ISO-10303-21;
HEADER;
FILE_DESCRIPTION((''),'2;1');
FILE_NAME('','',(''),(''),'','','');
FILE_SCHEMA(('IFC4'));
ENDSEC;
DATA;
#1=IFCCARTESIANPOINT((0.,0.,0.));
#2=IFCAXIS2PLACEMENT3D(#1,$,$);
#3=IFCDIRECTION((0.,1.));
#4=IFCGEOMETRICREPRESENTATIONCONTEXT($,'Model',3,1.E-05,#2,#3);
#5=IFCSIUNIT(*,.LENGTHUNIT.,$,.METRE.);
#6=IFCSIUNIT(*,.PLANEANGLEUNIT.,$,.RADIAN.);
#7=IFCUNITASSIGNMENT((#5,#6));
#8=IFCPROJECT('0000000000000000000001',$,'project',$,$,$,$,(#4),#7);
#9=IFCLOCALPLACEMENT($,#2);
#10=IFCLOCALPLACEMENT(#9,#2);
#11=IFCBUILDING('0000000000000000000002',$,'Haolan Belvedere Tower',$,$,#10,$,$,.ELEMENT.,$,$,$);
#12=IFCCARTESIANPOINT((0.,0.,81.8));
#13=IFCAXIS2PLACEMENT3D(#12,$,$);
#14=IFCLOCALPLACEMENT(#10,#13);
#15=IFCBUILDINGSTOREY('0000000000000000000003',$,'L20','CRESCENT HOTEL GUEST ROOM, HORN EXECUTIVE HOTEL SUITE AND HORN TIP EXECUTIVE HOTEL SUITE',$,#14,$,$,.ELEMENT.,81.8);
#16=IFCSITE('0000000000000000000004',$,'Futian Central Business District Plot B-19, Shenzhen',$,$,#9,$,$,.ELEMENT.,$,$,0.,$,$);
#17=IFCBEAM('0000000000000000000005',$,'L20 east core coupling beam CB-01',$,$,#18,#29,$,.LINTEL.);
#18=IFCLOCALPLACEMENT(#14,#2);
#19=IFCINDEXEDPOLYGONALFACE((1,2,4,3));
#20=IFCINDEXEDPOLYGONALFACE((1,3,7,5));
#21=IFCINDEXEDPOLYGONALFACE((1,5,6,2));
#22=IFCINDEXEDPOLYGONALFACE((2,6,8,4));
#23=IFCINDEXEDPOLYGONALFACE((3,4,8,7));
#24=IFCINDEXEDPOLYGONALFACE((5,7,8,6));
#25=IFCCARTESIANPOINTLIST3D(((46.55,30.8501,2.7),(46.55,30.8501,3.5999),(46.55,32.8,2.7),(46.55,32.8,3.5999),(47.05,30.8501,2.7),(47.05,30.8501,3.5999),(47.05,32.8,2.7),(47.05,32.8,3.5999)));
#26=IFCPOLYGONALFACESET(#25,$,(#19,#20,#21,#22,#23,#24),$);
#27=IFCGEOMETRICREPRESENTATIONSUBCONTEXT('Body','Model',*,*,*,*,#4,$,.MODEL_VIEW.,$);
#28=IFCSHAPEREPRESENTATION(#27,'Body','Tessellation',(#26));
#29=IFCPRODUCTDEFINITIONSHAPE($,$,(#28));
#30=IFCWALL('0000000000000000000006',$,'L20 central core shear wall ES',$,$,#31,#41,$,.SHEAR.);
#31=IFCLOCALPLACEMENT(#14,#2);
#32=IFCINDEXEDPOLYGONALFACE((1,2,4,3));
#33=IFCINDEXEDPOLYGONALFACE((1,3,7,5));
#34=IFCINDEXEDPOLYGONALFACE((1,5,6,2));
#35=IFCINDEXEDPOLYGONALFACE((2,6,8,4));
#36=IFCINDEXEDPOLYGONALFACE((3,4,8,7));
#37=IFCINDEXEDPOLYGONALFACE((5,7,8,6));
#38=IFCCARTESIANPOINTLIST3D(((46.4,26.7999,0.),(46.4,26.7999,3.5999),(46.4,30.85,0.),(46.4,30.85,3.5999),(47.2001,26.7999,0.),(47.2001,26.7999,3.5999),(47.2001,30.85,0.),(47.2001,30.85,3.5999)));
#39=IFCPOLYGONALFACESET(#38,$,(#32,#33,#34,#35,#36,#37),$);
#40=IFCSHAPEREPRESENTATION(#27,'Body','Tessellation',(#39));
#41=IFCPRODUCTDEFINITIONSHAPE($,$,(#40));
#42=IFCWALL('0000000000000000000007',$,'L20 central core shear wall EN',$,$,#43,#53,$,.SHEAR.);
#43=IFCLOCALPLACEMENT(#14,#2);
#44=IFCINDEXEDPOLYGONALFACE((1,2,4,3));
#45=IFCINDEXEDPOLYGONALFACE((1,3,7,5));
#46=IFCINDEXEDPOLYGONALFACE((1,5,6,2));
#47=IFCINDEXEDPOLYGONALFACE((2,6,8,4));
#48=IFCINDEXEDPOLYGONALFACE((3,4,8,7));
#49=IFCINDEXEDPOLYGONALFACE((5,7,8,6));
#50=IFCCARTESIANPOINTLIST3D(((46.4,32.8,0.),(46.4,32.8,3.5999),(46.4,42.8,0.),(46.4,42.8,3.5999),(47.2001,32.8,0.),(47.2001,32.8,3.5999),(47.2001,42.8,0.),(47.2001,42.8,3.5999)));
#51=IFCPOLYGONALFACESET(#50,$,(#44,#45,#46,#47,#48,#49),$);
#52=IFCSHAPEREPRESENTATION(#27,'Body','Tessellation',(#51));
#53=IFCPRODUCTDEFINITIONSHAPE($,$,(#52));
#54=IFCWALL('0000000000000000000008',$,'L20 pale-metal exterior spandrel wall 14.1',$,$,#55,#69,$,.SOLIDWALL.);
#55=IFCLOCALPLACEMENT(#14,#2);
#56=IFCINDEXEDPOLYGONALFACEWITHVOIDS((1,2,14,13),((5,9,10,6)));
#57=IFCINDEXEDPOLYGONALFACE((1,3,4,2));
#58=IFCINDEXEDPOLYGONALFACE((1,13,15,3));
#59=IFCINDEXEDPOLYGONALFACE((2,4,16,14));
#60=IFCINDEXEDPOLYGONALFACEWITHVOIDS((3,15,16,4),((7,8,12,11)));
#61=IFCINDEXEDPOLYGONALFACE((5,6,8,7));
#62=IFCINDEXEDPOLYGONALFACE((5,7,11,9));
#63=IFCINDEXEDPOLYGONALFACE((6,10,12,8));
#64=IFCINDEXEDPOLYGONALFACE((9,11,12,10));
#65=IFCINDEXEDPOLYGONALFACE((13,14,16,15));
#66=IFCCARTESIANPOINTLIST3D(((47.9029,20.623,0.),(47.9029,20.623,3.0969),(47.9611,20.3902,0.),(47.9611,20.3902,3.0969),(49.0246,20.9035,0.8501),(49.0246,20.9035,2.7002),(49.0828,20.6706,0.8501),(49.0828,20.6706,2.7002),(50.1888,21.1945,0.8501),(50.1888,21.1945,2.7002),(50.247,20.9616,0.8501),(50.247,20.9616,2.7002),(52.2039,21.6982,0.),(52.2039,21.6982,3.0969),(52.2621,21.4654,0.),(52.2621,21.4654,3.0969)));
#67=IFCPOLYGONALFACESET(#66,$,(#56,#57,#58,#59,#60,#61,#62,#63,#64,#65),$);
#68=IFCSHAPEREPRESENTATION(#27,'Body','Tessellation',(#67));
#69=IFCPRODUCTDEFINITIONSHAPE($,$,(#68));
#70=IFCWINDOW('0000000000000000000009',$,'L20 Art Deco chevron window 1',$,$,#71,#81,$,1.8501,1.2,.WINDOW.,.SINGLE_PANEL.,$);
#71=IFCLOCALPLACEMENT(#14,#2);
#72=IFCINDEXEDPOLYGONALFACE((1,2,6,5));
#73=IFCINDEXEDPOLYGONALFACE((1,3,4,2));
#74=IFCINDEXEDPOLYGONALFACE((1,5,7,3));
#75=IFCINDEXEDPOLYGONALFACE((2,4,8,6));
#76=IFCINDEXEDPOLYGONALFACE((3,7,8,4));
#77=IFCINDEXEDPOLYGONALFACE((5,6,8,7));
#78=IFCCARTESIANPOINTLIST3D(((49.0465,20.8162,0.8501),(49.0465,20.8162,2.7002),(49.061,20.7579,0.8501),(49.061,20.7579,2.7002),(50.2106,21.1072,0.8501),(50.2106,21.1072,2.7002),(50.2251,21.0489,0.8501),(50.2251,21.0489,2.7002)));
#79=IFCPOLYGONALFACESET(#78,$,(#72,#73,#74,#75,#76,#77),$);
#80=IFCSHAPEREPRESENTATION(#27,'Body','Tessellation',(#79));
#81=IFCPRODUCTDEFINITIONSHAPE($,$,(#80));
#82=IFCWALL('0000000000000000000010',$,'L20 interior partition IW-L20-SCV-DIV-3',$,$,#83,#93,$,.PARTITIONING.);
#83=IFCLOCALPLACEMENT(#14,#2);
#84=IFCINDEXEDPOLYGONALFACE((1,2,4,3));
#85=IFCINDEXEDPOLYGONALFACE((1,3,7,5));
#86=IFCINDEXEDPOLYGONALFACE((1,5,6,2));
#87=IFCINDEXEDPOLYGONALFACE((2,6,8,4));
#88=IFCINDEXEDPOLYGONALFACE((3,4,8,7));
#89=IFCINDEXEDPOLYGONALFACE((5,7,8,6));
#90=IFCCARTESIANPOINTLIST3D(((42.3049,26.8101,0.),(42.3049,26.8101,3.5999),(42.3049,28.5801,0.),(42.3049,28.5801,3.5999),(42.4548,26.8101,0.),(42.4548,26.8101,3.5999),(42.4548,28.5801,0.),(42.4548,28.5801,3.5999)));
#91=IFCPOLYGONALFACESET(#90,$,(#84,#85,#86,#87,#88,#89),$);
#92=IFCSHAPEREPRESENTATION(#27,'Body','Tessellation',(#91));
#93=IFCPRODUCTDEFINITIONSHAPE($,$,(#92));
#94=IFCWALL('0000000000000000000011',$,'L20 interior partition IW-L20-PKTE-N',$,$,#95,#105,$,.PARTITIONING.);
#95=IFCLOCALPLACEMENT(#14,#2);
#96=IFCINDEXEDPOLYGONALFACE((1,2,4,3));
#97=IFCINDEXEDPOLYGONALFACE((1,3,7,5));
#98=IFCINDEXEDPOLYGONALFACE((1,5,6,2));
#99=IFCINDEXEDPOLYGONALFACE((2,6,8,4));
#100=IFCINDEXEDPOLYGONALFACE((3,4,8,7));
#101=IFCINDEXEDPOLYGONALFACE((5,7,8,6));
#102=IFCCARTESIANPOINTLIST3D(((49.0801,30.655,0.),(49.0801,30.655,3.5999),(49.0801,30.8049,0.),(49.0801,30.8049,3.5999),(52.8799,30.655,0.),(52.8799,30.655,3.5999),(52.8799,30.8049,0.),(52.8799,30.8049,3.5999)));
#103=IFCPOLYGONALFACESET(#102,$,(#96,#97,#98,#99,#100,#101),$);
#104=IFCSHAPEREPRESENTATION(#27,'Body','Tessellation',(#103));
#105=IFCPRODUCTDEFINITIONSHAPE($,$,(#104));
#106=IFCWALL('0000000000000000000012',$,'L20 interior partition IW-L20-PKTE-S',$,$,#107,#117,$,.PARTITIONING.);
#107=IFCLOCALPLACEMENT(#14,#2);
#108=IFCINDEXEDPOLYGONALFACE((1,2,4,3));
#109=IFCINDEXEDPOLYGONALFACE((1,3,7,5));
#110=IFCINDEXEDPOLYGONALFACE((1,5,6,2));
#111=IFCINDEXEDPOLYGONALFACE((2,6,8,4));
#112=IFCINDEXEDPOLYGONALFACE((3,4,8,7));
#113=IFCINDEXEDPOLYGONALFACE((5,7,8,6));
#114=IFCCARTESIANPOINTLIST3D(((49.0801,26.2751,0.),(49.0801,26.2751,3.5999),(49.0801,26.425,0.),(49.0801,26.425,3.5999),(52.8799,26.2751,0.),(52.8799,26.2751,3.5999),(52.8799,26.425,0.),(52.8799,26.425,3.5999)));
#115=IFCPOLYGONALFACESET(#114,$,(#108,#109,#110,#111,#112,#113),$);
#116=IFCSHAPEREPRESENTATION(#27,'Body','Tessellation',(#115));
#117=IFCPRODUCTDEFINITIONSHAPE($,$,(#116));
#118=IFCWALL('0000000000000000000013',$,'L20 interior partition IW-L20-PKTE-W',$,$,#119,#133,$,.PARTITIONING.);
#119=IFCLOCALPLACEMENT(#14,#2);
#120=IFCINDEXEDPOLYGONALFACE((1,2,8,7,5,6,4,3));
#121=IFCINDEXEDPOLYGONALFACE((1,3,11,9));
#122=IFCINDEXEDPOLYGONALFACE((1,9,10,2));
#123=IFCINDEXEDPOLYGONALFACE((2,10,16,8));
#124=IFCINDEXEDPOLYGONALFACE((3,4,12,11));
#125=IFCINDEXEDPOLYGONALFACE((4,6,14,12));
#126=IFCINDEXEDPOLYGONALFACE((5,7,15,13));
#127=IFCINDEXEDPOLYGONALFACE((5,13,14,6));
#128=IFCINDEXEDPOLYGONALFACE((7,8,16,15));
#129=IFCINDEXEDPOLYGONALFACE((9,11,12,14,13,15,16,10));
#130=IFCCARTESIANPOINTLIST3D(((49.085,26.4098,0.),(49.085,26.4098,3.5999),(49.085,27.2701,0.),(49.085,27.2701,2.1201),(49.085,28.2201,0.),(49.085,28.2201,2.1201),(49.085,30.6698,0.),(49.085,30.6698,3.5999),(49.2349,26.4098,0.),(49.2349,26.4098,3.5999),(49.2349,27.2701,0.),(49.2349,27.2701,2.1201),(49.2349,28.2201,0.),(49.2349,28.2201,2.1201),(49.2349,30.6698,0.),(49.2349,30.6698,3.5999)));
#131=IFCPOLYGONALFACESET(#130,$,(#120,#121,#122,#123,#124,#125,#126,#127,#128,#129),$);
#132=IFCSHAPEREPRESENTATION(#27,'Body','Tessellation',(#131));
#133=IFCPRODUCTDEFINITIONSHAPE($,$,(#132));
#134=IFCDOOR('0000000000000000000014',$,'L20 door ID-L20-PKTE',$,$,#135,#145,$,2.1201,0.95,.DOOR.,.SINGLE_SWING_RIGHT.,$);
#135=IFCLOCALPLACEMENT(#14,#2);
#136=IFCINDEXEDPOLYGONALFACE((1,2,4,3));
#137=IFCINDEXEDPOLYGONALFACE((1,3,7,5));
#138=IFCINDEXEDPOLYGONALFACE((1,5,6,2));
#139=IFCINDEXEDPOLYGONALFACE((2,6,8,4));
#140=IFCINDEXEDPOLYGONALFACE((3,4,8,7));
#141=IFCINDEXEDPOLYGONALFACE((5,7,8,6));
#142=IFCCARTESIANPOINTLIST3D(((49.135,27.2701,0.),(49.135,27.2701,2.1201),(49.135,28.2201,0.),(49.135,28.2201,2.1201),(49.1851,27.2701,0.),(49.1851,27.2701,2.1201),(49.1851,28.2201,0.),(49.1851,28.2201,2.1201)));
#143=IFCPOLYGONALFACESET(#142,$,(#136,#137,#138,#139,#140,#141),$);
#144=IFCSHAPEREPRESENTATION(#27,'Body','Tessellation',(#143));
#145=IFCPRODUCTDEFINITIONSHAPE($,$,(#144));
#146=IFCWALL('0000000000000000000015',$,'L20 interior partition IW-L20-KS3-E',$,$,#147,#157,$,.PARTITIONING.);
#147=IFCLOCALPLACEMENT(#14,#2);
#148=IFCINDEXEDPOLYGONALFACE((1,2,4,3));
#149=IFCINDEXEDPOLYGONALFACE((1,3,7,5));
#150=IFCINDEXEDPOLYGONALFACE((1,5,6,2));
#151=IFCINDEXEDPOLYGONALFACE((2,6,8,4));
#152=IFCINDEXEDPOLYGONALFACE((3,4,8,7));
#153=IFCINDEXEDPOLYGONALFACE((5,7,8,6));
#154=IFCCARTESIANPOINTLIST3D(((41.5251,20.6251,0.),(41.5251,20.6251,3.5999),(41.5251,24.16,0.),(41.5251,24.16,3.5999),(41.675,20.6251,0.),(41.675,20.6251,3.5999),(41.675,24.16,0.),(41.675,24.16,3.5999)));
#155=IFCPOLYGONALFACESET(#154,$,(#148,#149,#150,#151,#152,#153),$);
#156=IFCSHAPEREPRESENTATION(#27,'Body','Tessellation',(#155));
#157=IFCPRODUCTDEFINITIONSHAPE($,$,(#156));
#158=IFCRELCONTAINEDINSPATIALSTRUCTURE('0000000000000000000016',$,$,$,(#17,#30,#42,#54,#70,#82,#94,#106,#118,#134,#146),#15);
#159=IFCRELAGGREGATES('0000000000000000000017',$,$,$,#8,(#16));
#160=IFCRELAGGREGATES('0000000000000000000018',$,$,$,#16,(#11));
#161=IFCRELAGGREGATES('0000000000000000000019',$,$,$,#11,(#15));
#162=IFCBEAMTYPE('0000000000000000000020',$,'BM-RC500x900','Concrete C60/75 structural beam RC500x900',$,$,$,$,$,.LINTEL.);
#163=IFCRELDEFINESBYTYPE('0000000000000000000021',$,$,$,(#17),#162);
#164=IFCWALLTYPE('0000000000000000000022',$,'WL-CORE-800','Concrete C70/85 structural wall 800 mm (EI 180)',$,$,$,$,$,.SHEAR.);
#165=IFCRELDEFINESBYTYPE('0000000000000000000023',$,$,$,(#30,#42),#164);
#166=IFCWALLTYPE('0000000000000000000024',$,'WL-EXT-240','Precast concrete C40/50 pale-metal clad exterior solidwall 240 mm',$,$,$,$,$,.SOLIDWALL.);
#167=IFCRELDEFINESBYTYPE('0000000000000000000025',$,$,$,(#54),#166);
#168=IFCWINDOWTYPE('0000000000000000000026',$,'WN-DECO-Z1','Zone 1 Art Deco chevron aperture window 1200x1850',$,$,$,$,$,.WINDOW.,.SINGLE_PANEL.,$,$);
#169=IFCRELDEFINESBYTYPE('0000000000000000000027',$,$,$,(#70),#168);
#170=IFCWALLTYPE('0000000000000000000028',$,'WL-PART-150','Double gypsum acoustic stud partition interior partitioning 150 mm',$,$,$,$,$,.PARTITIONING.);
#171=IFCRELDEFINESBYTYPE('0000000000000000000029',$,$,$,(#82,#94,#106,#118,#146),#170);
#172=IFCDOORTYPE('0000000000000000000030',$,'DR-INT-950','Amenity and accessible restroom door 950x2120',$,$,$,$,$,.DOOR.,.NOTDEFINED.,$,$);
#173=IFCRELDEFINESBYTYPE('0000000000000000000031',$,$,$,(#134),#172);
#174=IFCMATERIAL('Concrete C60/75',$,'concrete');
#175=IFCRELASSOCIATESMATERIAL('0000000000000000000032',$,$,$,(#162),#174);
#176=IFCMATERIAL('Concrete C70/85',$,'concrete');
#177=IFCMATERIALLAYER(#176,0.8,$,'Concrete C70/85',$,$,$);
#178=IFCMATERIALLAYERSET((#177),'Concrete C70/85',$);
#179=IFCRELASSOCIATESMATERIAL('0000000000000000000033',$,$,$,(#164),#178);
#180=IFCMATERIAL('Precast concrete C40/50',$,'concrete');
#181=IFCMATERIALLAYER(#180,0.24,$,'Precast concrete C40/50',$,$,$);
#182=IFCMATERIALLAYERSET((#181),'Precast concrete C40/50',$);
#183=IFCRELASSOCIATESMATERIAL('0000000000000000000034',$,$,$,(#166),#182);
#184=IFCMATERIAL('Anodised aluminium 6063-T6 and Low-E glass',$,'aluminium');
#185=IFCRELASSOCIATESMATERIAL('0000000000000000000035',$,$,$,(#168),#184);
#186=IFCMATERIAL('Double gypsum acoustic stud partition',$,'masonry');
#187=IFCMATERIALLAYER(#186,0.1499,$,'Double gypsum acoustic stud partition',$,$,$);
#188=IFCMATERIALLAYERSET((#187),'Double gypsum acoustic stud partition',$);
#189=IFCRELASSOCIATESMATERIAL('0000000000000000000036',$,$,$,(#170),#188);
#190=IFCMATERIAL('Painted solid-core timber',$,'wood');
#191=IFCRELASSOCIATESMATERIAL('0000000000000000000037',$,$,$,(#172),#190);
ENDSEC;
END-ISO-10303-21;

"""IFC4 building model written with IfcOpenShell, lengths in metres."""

from ifc_helpers import new_model, si_unit, direction, frame, frame_2d, origin, origin_2d, place, context, subcontext, project, spatial, rectangle, extrude, material, layer, layer_set, material_profile, profile_set, type_object, element, fill, save


model = new_model("IFC4")

# Units and contexts
model_context = context("Model", 3, precision=1e-05, world=origin(), true_north=direction((0.0, 1.0)))
body_context = subcontext(model_context, "Body", "Model", "MODEL_VIEW")
ifc_project = project(units=[si_unit("LENGTHUNIT", "METRE"), si_unit("PLANEANGLEUNIT", "RADIAN")], contexts=[model_context])

# Site, building, storey
site_placement = place(None, origin())
site = spatial("IfcSite", under=ifc_project, at=site_placement, Name="Futian Central Business District Plot B-19, Shenzhen", CompositionType="ELEMENT", RefElevation=0.0)
building_placement = place(site_placement, origin())
building = spatial("IfcBuilding", under=site, at=building_placement, Name="Haolan Belvedere Tower", CompositionType="ELEMENT")
storey_placement = place(building_placement, frame((0.0, 0.0, 81.8)))
storey = spatial("IfcBuildingStorey", under=building, at=storey_placement, Name="L20", Description="CRESCENT HOTEL GUEST ROOM, HORN EXECUTIVE HOTEL SUITE AND HORN TIP EXECUTIVE HOTEL SUITE", CompositionType="ELEMENT", Elevation=81.8)

# Beam
ifc_material_1 = material(Name="Concrete C60/75", Category="concrete")
ifc_material_profile_1 = material_profile(ifc_material_1, rectangle(XDim=0.5, YDim=0.8999, at=origin_2d()), Name="Concrete C60/75")
ifc_profile_set_1 = profile_set([ifc_material_profile_1], Name="Concrete C60/75")
beam_type_1 = type_object("IfcBeamType", Name="BM-RC500x900", Description="Concrete C60/75 structural beam RC500x900", PredefinedType="LINTEL", material=ifc_profile_set_1)
beam_1_placement = place(storey_placement, frame((46.8, 30.8501, 3.1499), z_axis=(0.0, 1.0, 0.0), x_axis=(-1.0, 0.0, 0.0)))
element("IfcBeam", 1, at=beam_1_placement, inside=storey, type_object=beam_type_1, Name="L20 east core coupling beam CB-01", PredefinedType="LINTEL", context=body_context, shape_type="SweptSolid", body=[
    extrude(rectangle(XDim=0.5, YDim=0.8999, at=origin_2d()), origin(), (0.0, 0.0, 1.0), 1.95),
])

# Walls
ifc_material_2 = material(Name="Concrete C70/85", Category="concrete")
ifc_layer_1 = layer(ifc_material_2, 0.8, Name="Concrete C70/85")
ifc_layer_set_1 = layer_set([ifc_layer_1], Name="Concrete C70/85")
wall_type_1 = type_object("IfcWallType", Name="WL-CORE-800", Description="Concrete C70/85 structural wall 800 mm (EI 180)", PredefinedType="SHEAR", material=ifc_layer_set_1)
wall_1_placement = place(storey_placement, frame((46.8, 26.8, 0.0), z_axis=(0.0, 0.0, 1.0), x_axis=(0.0, 1.0, 0.0)))
element("IfcWall", 2, at=wall_1_placement, inside=storey, type_object=wall_type_1, Name="L20 central core shear wall ES", PredefinedType="SHEAR", context=body_context, shape_type="SweptSolid", body=[
    extrude(rectangle(XDim=4.05, YDim=0.8, at=frame_2d((2.0249, 0.0))), origin(), (0.0, 0.0, 1.0), 3.5999),
])
wall_2_placement = place(storey_placement, frame((46.8, 32.8, 0.0), z_axis=(0.0, 0.0, 1.0), x_axis=(0.0, 1.0, 0.0)))
element("IfcWall", 3, at=wall_2_placement, inside=storey, type_object=wall_type_1, Name="L20 central core shear wall EN", PredefinedType="SHEAR", context=body_context, shape_type="SweptSolid", body=[
    extrude(rectangle(XDim=10.0, YDim=0.8, at=frame_2d((5.0, 0.0))), origin(), (0.0, 0.0, 1.0), 3.5999),
])

# Wall, opening, window
ifc_material_3 = material(Name="Precast concrete C40/50", Category="concrete")
ifc_layer_2 = layer(ifc_material_3, 0.24, Name="Precast concrete C40/50")
ifc_layer_set_2 = layer_set([ifc_layer_2], Name="Precast concrete C40/50")
wall_type_2 = type_object("IfcWallType", Name="WL-EXT-240", Description="Precast concrete C40/50 pale-metal clad exterior solidwall 240 mm", PredefinedType="SOLIDWALL", material=ifc_layer_set_2)
wall_3_placement = place(storey_placement, frame((47.9319, 20.5066, 0.0), z_axis=(0.0, 0.0, 1.0), x_axis=(0.970146, 0.242523, 0.0)))
wall_3 = element("IfcWall", 4, at=wall_3_placement, inside=storey, type_object=wall_type_2, Name="L20 pale-metal exterior spandrel wall 14.1", PredefinedType="SOLIDWALL", context=body_context, shape_type="SweptSolid", body=[
    extrude(rectangle(XDim=4.4333, YDim=0.24, at=frame_2d((2.2168, 0.0))), origin(), (0.0, 0.0, 1.0), 3.0969),
])
opening_1_placement = place(wall_3_placement, frame((1.1562, 0.0, 0.8501)))
opening_1 = element("IfcOpeningElement", 5, at=opening_1_placement, cuts=wall_3, PredefinedType="OPENING", context=body_context, shape_type="SweptSolid", body=[
    extrude(rectangle(XDim=1.2, YDim=1.8501, at=frame_2d((0.6001, 0.925))), frame((0.0, 0.1299, 0.0), z_axis=(0.0, -1.0, 0.0), x_axis=(1.0, 0.0, 0.0)), (0.0, 0.0, 1.0), 0.26),
])
ifc_material_4 = material(Name="Anodised aluminium 6063-T6 and Low-E glass", Category="aluminium")
window_type = type_object("IfcWindowType", Name="WN-DECO-Z1", Description="Zone 1 Art Deco chevron aperture window 1200x1850", PartitioningType="SINGLE_PANEL", PredefinedType="WINDOW", material=ifc_material_4)
window_placement = place(opening_1_placement, origin())
window = element("IfcWindow", 6, at=window_placement, inside=storey, type_object=window_type, Name="L20 Art Deco chevron window 1", OverallHeight=1.8501, OverallWidth=1.2, PartitioningType="SINGLE_PANEL", PredefinedType="WINDOW", context=body_context, shape_type="SweptSolid", body=[
    extrude(rectangle(XDim=1.2, YDim=1.8501, at=frame_2d((0.6001, 0.925))), frame((0.0, 0.03, 0.0), z_axis=(0.0, -1.0, 0.0), x_axis=(1.0, 0.0, 0.0)), (0.0, 0.0, 1.0), 0.0601),
])
fill(opening_1, window)

# Walls
ifc_material_5 = material(Name="Double gypsum acoustic stud partition", Category="masonry")
ifc_layer_3 = layer(ifc_material_5, 0.1499, Name="Double gypsum acoustic stud partition")
ifc_layer_set_3 = layer_set([ifc_layer_3], Name="Double gypsum acoustic stud partition")
wall_type_3 = type_object("IfcWallType", Name="WL-PART-150", Description="Double gypsum acoustic stud partition interior partitioning 150 mm", PredefinedType="PARTITIONING", material=ifc_layer_set_3)
wall_4_placement = place(storey_placement, frame((42.3799, 26.8101, 0.0), z_axis=(0.0, 0.0, 1.0), x_axis=(0.0, 1.0, 0.0)))
element("IfcWall", 7, at=wall_4_placement, inside=storey, type_object=wall_type_3, Name="L20 interior partition IW-L20-SCV-DIV-3", PredefinedType="PARTITIONING", context=body_context, shape_type="SweptSolid", body=[
    extrude(rectangle(XDim=1.77, YDim=0.1499, at=frame_2d((0.885, 0.0))), origin(), (0.0, 0.0, 1.0), 3.5999),
])
for number, where, z_axis, x_axis, name in (
    (8, (49.0801, 30.73, 0.0), (0.0, 0.0, 1.0), (1.0, 0.0, 0.0), "L20 interior partition IW-L20-PKTE-N"),
    (9, (49.0801, 26.3501, 0.0), (0.0, 0.0, 1.0), (1.0, 0.0, 0.0), "L20 interior partition IW-L20-PKTE-S"),
):
    element("IfcWall", number, at=place(storey_placement, frame(where, z_axis=z_axis, x_axis=x_axis)), inside=storey, type_object=wall_type_3, Name=name, PredefinedType="PARTITIONING", context=body_context, shape_type="SweptSolid", body=[
        extrude(rectangle(XDim=3.7998, YDim=0.1499, at=frame_2d((1.8999, 0.0))), origin(), (0.0, 0.0, 1.0), 3.5999),
    ])

# Wall, opening, door
wall_5_placement = place(storey_placement, frame((49.1599, 26.4099, 0.0), z_axis=(0.0, 0.0, 1.0), x_axis=(0.0, 1.0, 0.0)))
wall_5 = element("IfcWall", 10, at=wall_5_placement, inside=storey, type_object=wall_type_3, Name="L20 interior partition IW-L20-PKTE-W", PredefinedType="PARTITIONING", context=body_context, shape_type="SweptSolid", body=[
    extrude(rectangle(XDim=4.26, YDim=0.1499, at=frame_2d((2.1299, 0.0))), origin(), (0.0, 0.0, 1.0), 3.5999),
])
opening_2_placement = place(wall_5_placement, frame((0.8601, 0.0, 0.0)))
opening_2 = element("IfcOpeningElement", 11, at=opening_2_placement, cuts=wall_5, PredefinedType="OPENING", context=body_context, shape_type="SweptSolid", body=[
    extrude(rectangle(XDim=0.95, YDim=2.1201, at=frame_2d((0.4751, 1.0601))), frame((0.0, 0.085, 0.0), z_axis=(0.0, -1.0, 0.0), x_axis=(1.0, 0.0, 0.0)), (0.0, 0.0, 1.0), 0.1699),
])
ifc_material_6 = material(Name="Painted solid-core timber", Category="wood")
door_type = type_object("IfcDoorType", Name="DR-INT-950", Description="Amenity and accessible restroom door 950x2120", OperationType="NOTDEFINED", PredefinedType="DOOR", material=ifc_material_6)
door_1_placement = place(opening_2_placement, origin())
door_1 = element("IfcDoor", 12, at=door_1_placement, inside=storey, type_object=door_type, Name="L20 door ID-L20-PKTE", OperationType="SINGLE_SWING_RIGHT", OverallHeight=2.1201, OverallWidth=0.95, PredefinedType="DOOR", context=body_context, shape_type="SweptSolid", body=[
    extrude(rectangle(XDim=0.95, YDim=2.1201, at=frame_2d((0.4751, 1.0601))), frame((0.0, 0.0249, 0.0), z_axis=(0.0, -1.0, 0.0), x_axis=(1.0, 0.0, 0.0)), (0.0, 0.0, 1.0), 0.05),
])
fill(opening_2, door_1)

# Wall
wall_6_placement = place(storey_placement, frame((41.6001, 20.625, 0.0), z_axis=(0.0, 0.0, 1.0), x_axis=(0.0, 1.0, 0.0)))
element("IfcWall", 13, at=wall_6_placement, inside=storey, type_object=wall_type_3, Name="L20 interior partition IW-L20-KS3-E", PredefinedType="PARTITIONING", context=body_context, shape_type="SweptSolid", body=[
    extrude(rectangle(XDim=3.5349, YDim=0.1499, at=frame_2d((1.7676, 0.0))), origin(), (0.0, 0.0, 1.0), 3.5999),
])

save(model, "model.ifc")
